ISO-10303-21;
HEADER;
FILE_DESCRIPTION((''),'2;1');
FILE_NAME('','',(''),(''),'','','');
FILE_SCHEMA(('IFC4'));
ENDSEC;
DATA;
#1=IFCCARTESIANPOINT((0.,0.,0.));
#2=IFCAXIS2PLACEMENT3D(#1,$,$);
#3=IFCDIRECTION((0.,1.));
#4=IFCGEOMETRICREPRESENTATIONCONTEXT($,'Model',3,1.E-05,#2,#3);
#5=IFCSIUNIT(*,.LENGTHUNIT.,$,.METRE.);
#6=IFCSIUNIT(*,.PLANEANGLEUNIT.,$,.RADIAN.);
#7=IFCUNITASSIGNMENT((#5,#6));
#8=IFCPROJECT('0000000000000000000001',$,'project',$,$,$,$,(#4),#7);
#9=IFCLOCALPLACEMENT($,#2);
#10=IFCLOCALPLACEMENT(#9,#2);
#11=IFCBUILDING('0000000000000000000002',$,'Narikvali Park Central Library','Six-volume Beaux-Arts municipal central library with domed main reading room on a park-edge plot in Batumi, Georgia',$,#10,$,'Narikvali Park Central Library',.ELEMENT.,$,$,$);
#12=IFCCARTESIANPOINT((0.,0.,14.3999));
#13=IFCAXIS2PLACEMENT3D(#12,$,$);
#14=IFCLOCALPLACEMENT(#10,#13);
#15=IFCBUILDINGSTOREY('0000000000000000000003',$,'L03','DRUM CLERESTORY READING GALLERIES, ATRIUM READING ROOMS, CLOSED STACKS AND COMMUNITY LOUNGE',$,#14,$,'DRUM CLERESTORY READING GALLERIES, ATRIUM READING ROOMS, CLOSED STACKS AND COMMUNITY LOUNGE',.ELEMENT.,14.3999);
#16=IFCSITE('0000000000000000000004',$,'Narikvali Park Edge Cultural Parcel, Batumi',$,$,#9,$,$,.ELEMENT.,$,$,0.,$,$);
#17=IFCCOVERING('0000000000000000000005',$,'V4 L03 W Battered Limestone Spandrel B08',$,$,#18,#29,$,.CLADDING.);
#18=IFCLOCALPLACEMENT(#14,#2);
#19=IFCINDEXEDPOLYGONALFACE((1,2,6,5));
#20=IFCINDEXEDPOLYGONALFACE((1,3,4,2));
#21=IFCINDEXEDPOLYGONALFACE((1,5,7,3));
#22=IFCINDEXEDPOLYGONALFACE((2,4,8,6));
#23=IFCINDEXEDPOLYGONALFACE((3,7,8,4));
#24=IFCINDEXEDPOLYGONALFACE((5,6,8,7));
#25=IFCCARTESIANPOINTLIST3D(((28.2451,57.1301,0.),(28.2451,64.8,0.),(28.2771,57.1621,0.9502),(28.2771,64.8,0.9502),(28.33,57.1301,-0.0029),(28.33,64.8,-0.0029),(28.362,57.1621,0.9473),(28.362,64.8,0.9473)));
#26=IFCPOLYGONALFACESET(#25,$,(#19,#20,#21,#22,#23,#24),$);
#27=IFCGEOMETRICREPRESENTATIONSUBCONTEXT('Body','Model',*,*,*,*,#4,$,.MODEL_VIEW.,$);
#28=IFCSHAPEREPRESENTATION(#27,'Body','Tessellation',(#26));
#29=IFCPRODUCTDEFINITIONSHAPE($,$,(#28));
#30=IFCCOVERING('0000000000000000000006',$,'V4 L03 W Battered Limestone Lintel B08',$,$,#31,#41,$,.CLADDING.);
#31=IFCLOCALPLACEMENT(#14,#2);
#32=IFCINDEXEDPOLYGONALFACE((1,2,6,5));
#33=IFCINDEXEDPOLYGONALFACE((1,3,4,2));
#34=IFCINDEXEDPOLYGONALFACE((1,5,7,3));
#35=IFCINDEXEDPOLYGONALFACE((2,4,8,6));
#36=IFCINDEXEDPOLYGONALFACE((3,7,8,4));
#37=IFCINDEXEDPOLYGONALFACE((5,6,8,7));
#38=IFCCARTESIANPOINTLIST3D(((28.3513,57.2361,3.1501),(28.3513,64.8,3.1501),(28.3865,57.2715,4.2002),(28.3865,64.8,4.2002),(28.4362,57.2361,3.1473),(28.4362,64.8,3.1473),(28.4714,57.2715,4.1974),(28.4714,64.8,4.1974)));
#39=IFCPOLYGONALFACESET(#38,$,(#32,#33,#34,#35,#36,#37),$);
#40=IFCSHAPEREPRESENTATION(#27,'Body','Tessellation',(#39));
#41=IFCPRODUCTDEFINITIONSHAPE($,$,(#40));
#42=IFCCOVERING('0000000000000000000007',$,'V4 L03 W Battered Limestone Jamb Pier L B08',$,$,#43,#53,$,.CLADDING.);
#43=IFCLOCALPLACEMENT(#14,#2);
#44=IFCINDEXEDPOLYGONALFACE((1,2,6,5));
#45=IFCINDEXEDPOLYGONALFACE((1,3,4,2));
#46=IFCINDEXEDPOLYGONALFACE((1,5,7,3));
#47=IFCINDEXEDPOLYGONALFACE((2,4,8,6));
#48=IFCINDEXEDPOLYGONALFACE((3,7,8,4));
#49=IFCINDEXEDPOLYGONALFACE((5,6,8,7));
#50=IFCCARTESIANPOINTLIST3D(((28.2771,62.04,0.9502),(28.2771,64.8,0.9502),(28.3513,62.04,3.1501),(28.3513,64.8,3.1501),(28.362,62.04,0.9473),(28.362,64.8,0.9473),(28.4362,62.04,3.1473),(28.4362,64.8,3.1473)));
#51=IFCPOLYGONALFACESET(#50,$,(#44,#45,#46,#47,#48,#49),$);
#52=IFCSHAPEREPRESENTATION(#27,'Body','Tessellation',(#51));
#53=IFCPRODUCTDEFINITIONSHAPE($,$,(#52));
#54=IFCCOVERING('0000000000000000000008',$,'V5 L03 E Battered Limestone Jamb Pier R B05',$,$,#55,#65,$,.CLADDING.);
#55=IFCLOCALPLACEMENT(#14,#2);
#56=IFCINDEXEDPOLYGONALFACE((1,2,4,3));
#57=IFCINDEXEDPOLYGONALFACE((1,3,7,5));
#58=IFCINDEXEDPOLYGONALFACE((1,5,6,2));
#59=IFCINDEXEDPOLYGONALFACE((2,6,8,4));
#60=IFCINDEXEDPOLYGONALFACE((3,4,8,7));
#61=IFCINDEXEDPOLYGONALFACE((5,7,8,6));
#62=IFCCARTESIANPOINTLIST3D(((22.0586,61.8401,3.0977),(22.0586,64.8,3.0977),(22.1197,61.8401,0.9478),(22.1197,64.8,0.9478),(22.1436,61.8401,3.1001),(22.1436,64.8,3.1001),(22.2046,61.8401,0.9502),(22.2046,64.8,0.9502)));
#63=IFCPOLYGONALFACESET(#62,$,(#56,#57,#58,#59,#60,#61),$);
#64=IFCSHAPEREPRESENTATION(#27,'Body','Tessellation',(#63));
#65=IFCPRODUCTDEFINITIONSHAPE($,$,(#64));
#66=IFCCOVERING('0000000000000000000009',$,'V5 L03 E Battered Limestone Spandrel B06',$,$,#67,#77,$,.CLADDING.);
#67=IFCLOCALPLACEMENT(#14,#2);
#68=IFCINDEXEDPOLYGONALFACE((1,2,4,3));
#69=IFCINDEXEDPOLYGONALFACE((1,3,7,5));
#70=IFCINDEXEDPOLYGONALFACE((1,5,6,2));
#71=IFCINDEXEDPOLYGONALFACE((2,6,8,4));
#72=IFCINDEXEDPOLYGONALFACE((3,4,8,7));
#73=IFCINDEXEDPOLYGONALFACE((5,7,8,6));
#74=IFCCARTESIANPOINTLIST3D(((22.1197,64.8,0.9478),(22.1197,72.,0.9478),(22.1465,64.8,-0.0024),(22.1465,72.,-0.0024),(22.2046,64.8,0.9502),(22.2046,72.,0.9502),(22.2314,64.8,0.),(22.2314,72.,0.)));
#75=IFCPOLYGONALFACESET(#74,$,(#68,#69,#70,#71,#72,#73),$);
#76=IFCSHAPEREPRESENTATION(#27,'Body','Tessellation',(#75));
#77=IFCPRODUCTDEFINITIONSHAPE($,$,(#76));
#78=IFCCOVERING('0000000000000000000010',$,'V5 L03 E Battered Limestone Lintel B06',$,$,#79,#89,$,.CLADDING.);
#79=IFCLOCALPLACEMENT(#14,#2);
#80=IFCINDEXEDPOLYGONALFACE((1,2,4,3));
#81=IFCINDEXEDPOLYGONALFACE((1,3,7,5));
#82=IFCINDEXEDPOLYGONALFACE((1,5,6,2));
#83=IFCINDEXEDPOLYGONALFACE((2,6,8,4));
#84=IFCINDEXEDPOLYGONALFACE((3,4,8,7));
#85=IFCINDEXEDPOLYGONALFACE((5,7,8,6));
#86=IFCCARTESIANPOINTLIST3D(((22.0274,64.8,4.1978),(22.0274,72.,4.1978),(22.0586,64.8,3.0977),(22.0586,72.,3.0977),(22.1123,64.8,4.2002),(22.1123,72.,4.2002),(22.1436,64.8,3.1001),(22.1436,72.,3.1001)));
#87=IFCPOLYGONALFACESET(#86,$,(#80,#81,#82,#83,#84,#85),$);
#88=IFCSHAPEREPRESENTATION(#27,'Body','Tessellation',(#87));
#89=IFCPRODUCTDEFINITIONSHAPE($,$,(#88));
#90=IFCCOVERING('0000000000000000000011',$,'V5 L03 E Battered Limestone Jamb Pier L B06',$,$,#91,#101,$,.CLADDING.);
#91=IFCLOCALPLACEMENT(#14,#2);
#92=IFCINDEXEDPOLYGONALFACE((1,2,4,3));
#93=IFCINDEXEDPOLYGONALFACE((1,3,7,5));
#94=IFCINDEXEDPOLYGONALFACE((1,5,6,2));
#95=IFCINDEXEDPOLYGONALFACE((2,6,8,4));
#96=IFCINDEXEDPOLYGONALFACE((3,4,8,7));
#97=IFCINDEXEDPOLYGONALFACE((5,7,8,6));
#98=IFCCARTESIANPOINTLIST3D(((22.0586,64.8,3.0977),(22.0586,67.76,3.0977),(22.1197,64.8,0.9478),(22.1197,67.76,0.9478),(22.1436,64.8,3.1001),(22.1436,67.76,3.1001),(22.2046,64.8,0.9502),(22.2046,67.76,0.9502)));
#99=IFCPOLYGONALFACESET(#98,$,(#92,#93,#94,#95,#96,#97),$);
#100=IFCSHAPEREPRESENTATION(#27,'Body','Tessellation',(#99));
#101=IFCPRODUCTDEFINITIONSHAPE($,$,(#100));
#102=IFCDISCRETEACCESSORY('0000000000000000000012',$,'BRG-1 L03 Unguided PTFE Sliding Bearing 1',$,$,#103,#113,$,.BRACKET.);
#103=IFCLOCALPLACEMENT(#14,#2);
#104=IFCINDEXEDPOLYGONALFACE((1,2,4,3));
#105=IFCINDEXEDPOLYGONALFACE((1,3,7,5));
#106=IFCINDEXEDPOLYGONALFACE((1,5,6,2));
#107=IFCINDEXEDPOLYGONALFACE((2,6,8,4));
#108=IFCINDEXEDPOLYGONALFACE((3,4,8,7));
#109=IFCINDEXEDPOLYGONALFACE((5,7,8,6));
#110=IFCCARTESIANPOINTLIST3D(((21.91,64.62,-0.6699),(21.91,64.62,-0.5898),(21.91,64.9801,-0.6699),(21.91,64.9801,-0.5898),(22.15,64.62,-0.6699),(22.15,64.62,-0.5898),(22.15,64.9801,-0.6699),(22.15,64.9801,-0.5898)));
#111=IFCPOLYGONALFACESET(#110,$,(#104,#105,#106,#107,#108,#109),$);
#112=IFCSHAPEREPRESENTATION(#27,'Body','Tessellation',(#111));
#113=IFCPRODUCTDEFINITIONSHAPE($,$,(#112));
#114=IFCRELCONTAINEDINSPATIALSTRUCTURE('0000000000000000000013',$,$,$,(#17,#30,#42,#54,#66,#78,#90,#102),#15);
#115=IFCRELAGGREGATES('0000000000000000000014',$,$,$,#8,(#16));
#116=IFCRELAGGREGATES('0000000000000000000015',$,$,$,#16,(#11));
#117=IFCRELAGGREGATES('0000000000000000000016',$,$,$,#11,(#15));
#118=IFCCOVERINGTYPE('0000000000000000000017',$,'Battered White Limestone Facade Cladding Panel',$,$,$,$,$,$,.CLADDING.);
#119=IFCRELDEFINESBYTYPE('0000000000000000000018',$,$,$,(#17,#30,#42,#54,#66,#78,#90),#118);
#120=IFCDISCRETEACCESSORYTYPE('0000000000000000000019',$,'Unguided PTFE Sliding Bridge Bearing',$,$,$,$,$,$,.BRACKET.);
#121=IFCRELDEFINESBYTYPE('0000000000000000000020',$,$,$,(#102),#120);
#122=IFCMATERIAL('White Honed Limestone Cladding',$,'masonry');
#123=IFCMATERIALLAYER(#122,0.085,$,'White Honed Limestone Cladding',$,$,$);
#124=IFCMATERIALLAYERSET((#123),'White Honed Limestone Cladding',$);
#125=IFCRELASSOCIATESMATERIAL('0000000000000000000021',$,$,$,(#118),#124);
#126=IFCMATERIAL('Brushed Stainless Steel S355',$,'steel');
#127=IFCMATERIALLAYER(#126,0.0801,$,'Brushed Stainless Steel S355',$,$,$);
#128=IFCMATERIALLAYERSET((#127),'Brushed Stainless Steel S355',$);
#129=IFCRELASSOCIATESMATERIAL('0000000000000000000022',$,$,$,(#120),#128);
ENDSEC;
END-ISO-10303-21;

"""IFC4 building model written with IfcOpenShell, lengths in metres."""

from ifc_helpers import new_model, si_unit, direction, frame, origin, origin_2d, place, context, subcontext, project, spatial, polyline, rectangle, outline, extrude, material, layer, layer_set, type_object, element, save


model = new_model("IFC4")

# Units and contexts
model_context = context("Model", 3, precision=1e-05, world=origin(), true_north=direction((0.0, 1.0)))
body_context = subcontext(model_context, "Body", "Model", "MODEL_VIEW")
ifc_project = project(units=[si_unit("LENGTHUNIT", "METRE"), si_unit("PLANEANGLEUNIT", "RADIAN")], contexts=[model_context])

# Site, building, storey
site_placement = place(None, origin())
site = spatial("IfcSite", under=ifc_project, at=site_placement, Name="Narikvali Park Edge Cultural Parcel, Batumi", CompositionType="ELEMENT", RefElevation=0.0)
building_placement = place(site_placement, origin())
building = spatial("IfcBuilding", under=site, at=building_placement, Name="Narikvali Park Central Library", Description="Six-volume Beaux-Arts municipal central library with domed main reading room on a park-edge plot in Batumi, Georgia", LongName="Narikvali Park Central Library", CompositionType="ELEMENT")
storey_placement = place(building_placement, frame((0.0, 0.0, 14.3999)))
storey = spatial("IfcBuildingStorey", under=building, at=storey_placement, Name="L03", Description="DRUM CLERESTORY READING GALLERIES, ATRIUM READING ROOMS, CLOSED STACKS AND COMMUNITY LOUNGE", LongName="DRUM CLERESTORY READING GALLERIES, ATRIUM READING ROOMS, CLOSED STACKS AND COMMUNITY LOUNGE", CompositionType="ELEMENT", Elevation=14.3999)

# Coverings
ifc_material_1 = material(Name="White Honed Limestone Cladding", Category="masonry")
ifc_layer_1 = layer(ifc_material_1, 0.085, Name="White Honed Limestone Cladding")
ifc_layer_set_1 = layer_set([ifc_layer_1], Name="White Honed Limestone Cladding")
covering_type = type_object("IfcCoveringType", Name="Battered White Limestone Facade Cladding Panel", PredefinedType="CLADDING", material=ifc_layer_set_1)
covering_1_placement = place(storey_placement, frame((28.2451, 64.8, 0.0), z_axis=(-0.999434, 0.0, 0.03364), x_axis=(0.0, -1.0, 0.0)))
element("IfcCovering", 1, at=covering_1_placement, inside=storey, type_object=covering_type, Name="V4 L03 W Battered Limestone Spandrel B08", PredefinedType="CLADDING", context=body_context, shape_type="SweptSolid", body=[
    extrude(outline(polyline([(0.0, 0.0), (7.6699, 0.0), (7.6379, 0.9507), (0.0, 0.9507), (0.0, 0.0)])), origin(), (0.0, 0.0, -1.0), 0.085),
])
covering_2_placement = place(storey_placement, frame((28.3513, 64.8, 3.1501), z_axis=(-0.99944, 0.0, 0.033462), x_axis=(0.0, -1.0, 0.0)))
element("IfcCovering", 2, at=covering_2_placement, inside=storey, type_object=covering_type, Name="V4 L03 W Battered Limestone Lintel B08", PredefinedType="CLADDING", context=body_context, shape_type="SweptSolid", body=[
    extrude(outline(polyline([(0.0, 0.0), (7.564, 0.0), (7.5286, 1.0506), (0.0, 1.0506), (0.0, 0.0)])), origin(), (0.0, 0.0, -1.0), 0.085),
])
covering_3_placement = place(storey_placement, frame((28.2771, 64.8, 0.9502), z_axis=(-0.999431, 0.0, 0.033717), x_axis=(0.0, -1.0, 0.0)))
element("IfcCovering", 3, at=covering_3_placement, inside=storey, type_object=covering_type, Name="V4 L03 W Battered Limestone Jamb Pier L B08", PredefinedType="CLADDING", context=body_context, shape_type="SweptSolid", body=[
    extrude(outline(polyline([(0.0, 0.0), (2.76, 0.0), (2.76, 2.2012), (0.0, 2.2012), (0.0, 0.0)])), origin(), (0.0, 0.0, -1.0), 0.085),
])
covering_4_placement = place(storey_placement, frame((22.2046, 61.8401, 0.9502), z_axis=(0.999597, 0.0, 0.028378), x_axis=(0.0, 1.0, 0.0)))
element("IfcCovering", 4, at=covering_4_placement, inside=storey, type_object=covering_type, Name="V5 L03 E Battered Limestone Jamb Pier R B05", PredefinedType="CLADDING", context=body_context, shape_type="SweptSolid", body=[
    extrude(outline(polyline([(0.0, 0.0), (2.96, 0.0), (2.96, 2.1508), (0.0, 2.1508), (0.0, 0.0)])), origin(), (0.0, 0.0, -1.0), 0.085),
])
covering_5_placement = place(storey_placement, frame((22.2314, 64.8, 0.0), z_axis=(0.999601, 0.0, 0.028252), x_axis=(0.0, 1.0, 0.0)))
element("IfcCovering", 5, at=covering_5_placement, inside=storey, type_object=covering_type, Name="V5 L03 E Battered Limestone Spandrel B06", PredefinedType="CLADDING", context=body_context, shape_type="SweptSolid", body=[
    extrude(outline(polyline([(0.0, 0.0), (7.2, 0.0), (7.2, 0.9506), (0.0, 0.9506), (0.0, 0.0)])), origin(), (0.0, 0.0, -1.0), 0.085),
])
covering_6_placement = place(storey_placement, frame((22.1436, 64.8, 3.1001), z_axis=(0.999597, 0.0, 0.028395), x_axis=(0.0, 1.0, 0.0)))
element("IfcCovering", 6, at=covering_6_placement, inside=storey, type_object=covering_type, Name="V5 L03 E Battered Limestone Lintel B06", PredefinedType="CLADDING", context=body_context, shape_type="SweptSolid", body=[
    extrude(outline(polyline([(0.0, 0.0), (7.2, 0.0), (7.2, 1.1005), (0.0, 1.1005), (0.0, 0.0)])), origin(), (0.0, 0.0, -1.0), 0.085),
])
covering_7_placement = place(storey_placement, frame((22.2046, 64.8, 0.9502), z_axis=(0.999597, 0.0, 0.028378), x_axis=(0.0, 1.0, 0.0)))
element("IfcCovering", 7, at=covering_7_placement, inside=storey, type_object=covering_type, Name="V5 L03 E Battered Limestone Jamb Pier L B06", PredefinedType="CLADDING", context=body_context, shape_type="SweptSolid", body=[
    extrude(outline(polyline([(0.0, 0.0), (2.96, 0.0), (2.96, 2.1508), (0.0, 2.1508), (0.0, 0.0)])), origin(), (0.0, 0.0, -1.0), 0.085),
])

# Discrete accessory
ifc_material_2 = material(Name="Brushed Stainless Steel S355", Category="steel")
ifc_layer_2 = layer(ifc_material_2, 0.0801, Name="Brushed Stainless Steel S355")
ifc_layer_set_2 = layer_set([ifc_layer_2], Name="Brushed Stainless Steel S355")
discrete_accessory_type = type_object("IfcDiscreteAccessoryType", Name="Unguided PTFE Sliding Bridge Bearing", PredefinedType="BRACKET", material=ifc_layer_set_2)
discrete_accessory_placement = place(storey_placement, frame((22.03, 64.8, -0.6699), z_axis=(0.0, 0.0, 1.0), x_axis=(1.0, 0.0, 0.0)))
element("IfcDiscreteAccessory", 8, at=discrete_accessory_placement, inside=storey, type_object=discrete_accessory_type, Name="BRG-1 L03 Unguided PTFE Sliding Bearing 1", PredefinedType="BRACKET", context=body_context, shape_type="SweptSolid", body=[
    extrude(rectangle(XDim=0.24, YDim=0.3601, at=origin_2d()), origin(), (0.0, 0.0, 1.0), 0.0801),
])

save(model, "model.ifc")
